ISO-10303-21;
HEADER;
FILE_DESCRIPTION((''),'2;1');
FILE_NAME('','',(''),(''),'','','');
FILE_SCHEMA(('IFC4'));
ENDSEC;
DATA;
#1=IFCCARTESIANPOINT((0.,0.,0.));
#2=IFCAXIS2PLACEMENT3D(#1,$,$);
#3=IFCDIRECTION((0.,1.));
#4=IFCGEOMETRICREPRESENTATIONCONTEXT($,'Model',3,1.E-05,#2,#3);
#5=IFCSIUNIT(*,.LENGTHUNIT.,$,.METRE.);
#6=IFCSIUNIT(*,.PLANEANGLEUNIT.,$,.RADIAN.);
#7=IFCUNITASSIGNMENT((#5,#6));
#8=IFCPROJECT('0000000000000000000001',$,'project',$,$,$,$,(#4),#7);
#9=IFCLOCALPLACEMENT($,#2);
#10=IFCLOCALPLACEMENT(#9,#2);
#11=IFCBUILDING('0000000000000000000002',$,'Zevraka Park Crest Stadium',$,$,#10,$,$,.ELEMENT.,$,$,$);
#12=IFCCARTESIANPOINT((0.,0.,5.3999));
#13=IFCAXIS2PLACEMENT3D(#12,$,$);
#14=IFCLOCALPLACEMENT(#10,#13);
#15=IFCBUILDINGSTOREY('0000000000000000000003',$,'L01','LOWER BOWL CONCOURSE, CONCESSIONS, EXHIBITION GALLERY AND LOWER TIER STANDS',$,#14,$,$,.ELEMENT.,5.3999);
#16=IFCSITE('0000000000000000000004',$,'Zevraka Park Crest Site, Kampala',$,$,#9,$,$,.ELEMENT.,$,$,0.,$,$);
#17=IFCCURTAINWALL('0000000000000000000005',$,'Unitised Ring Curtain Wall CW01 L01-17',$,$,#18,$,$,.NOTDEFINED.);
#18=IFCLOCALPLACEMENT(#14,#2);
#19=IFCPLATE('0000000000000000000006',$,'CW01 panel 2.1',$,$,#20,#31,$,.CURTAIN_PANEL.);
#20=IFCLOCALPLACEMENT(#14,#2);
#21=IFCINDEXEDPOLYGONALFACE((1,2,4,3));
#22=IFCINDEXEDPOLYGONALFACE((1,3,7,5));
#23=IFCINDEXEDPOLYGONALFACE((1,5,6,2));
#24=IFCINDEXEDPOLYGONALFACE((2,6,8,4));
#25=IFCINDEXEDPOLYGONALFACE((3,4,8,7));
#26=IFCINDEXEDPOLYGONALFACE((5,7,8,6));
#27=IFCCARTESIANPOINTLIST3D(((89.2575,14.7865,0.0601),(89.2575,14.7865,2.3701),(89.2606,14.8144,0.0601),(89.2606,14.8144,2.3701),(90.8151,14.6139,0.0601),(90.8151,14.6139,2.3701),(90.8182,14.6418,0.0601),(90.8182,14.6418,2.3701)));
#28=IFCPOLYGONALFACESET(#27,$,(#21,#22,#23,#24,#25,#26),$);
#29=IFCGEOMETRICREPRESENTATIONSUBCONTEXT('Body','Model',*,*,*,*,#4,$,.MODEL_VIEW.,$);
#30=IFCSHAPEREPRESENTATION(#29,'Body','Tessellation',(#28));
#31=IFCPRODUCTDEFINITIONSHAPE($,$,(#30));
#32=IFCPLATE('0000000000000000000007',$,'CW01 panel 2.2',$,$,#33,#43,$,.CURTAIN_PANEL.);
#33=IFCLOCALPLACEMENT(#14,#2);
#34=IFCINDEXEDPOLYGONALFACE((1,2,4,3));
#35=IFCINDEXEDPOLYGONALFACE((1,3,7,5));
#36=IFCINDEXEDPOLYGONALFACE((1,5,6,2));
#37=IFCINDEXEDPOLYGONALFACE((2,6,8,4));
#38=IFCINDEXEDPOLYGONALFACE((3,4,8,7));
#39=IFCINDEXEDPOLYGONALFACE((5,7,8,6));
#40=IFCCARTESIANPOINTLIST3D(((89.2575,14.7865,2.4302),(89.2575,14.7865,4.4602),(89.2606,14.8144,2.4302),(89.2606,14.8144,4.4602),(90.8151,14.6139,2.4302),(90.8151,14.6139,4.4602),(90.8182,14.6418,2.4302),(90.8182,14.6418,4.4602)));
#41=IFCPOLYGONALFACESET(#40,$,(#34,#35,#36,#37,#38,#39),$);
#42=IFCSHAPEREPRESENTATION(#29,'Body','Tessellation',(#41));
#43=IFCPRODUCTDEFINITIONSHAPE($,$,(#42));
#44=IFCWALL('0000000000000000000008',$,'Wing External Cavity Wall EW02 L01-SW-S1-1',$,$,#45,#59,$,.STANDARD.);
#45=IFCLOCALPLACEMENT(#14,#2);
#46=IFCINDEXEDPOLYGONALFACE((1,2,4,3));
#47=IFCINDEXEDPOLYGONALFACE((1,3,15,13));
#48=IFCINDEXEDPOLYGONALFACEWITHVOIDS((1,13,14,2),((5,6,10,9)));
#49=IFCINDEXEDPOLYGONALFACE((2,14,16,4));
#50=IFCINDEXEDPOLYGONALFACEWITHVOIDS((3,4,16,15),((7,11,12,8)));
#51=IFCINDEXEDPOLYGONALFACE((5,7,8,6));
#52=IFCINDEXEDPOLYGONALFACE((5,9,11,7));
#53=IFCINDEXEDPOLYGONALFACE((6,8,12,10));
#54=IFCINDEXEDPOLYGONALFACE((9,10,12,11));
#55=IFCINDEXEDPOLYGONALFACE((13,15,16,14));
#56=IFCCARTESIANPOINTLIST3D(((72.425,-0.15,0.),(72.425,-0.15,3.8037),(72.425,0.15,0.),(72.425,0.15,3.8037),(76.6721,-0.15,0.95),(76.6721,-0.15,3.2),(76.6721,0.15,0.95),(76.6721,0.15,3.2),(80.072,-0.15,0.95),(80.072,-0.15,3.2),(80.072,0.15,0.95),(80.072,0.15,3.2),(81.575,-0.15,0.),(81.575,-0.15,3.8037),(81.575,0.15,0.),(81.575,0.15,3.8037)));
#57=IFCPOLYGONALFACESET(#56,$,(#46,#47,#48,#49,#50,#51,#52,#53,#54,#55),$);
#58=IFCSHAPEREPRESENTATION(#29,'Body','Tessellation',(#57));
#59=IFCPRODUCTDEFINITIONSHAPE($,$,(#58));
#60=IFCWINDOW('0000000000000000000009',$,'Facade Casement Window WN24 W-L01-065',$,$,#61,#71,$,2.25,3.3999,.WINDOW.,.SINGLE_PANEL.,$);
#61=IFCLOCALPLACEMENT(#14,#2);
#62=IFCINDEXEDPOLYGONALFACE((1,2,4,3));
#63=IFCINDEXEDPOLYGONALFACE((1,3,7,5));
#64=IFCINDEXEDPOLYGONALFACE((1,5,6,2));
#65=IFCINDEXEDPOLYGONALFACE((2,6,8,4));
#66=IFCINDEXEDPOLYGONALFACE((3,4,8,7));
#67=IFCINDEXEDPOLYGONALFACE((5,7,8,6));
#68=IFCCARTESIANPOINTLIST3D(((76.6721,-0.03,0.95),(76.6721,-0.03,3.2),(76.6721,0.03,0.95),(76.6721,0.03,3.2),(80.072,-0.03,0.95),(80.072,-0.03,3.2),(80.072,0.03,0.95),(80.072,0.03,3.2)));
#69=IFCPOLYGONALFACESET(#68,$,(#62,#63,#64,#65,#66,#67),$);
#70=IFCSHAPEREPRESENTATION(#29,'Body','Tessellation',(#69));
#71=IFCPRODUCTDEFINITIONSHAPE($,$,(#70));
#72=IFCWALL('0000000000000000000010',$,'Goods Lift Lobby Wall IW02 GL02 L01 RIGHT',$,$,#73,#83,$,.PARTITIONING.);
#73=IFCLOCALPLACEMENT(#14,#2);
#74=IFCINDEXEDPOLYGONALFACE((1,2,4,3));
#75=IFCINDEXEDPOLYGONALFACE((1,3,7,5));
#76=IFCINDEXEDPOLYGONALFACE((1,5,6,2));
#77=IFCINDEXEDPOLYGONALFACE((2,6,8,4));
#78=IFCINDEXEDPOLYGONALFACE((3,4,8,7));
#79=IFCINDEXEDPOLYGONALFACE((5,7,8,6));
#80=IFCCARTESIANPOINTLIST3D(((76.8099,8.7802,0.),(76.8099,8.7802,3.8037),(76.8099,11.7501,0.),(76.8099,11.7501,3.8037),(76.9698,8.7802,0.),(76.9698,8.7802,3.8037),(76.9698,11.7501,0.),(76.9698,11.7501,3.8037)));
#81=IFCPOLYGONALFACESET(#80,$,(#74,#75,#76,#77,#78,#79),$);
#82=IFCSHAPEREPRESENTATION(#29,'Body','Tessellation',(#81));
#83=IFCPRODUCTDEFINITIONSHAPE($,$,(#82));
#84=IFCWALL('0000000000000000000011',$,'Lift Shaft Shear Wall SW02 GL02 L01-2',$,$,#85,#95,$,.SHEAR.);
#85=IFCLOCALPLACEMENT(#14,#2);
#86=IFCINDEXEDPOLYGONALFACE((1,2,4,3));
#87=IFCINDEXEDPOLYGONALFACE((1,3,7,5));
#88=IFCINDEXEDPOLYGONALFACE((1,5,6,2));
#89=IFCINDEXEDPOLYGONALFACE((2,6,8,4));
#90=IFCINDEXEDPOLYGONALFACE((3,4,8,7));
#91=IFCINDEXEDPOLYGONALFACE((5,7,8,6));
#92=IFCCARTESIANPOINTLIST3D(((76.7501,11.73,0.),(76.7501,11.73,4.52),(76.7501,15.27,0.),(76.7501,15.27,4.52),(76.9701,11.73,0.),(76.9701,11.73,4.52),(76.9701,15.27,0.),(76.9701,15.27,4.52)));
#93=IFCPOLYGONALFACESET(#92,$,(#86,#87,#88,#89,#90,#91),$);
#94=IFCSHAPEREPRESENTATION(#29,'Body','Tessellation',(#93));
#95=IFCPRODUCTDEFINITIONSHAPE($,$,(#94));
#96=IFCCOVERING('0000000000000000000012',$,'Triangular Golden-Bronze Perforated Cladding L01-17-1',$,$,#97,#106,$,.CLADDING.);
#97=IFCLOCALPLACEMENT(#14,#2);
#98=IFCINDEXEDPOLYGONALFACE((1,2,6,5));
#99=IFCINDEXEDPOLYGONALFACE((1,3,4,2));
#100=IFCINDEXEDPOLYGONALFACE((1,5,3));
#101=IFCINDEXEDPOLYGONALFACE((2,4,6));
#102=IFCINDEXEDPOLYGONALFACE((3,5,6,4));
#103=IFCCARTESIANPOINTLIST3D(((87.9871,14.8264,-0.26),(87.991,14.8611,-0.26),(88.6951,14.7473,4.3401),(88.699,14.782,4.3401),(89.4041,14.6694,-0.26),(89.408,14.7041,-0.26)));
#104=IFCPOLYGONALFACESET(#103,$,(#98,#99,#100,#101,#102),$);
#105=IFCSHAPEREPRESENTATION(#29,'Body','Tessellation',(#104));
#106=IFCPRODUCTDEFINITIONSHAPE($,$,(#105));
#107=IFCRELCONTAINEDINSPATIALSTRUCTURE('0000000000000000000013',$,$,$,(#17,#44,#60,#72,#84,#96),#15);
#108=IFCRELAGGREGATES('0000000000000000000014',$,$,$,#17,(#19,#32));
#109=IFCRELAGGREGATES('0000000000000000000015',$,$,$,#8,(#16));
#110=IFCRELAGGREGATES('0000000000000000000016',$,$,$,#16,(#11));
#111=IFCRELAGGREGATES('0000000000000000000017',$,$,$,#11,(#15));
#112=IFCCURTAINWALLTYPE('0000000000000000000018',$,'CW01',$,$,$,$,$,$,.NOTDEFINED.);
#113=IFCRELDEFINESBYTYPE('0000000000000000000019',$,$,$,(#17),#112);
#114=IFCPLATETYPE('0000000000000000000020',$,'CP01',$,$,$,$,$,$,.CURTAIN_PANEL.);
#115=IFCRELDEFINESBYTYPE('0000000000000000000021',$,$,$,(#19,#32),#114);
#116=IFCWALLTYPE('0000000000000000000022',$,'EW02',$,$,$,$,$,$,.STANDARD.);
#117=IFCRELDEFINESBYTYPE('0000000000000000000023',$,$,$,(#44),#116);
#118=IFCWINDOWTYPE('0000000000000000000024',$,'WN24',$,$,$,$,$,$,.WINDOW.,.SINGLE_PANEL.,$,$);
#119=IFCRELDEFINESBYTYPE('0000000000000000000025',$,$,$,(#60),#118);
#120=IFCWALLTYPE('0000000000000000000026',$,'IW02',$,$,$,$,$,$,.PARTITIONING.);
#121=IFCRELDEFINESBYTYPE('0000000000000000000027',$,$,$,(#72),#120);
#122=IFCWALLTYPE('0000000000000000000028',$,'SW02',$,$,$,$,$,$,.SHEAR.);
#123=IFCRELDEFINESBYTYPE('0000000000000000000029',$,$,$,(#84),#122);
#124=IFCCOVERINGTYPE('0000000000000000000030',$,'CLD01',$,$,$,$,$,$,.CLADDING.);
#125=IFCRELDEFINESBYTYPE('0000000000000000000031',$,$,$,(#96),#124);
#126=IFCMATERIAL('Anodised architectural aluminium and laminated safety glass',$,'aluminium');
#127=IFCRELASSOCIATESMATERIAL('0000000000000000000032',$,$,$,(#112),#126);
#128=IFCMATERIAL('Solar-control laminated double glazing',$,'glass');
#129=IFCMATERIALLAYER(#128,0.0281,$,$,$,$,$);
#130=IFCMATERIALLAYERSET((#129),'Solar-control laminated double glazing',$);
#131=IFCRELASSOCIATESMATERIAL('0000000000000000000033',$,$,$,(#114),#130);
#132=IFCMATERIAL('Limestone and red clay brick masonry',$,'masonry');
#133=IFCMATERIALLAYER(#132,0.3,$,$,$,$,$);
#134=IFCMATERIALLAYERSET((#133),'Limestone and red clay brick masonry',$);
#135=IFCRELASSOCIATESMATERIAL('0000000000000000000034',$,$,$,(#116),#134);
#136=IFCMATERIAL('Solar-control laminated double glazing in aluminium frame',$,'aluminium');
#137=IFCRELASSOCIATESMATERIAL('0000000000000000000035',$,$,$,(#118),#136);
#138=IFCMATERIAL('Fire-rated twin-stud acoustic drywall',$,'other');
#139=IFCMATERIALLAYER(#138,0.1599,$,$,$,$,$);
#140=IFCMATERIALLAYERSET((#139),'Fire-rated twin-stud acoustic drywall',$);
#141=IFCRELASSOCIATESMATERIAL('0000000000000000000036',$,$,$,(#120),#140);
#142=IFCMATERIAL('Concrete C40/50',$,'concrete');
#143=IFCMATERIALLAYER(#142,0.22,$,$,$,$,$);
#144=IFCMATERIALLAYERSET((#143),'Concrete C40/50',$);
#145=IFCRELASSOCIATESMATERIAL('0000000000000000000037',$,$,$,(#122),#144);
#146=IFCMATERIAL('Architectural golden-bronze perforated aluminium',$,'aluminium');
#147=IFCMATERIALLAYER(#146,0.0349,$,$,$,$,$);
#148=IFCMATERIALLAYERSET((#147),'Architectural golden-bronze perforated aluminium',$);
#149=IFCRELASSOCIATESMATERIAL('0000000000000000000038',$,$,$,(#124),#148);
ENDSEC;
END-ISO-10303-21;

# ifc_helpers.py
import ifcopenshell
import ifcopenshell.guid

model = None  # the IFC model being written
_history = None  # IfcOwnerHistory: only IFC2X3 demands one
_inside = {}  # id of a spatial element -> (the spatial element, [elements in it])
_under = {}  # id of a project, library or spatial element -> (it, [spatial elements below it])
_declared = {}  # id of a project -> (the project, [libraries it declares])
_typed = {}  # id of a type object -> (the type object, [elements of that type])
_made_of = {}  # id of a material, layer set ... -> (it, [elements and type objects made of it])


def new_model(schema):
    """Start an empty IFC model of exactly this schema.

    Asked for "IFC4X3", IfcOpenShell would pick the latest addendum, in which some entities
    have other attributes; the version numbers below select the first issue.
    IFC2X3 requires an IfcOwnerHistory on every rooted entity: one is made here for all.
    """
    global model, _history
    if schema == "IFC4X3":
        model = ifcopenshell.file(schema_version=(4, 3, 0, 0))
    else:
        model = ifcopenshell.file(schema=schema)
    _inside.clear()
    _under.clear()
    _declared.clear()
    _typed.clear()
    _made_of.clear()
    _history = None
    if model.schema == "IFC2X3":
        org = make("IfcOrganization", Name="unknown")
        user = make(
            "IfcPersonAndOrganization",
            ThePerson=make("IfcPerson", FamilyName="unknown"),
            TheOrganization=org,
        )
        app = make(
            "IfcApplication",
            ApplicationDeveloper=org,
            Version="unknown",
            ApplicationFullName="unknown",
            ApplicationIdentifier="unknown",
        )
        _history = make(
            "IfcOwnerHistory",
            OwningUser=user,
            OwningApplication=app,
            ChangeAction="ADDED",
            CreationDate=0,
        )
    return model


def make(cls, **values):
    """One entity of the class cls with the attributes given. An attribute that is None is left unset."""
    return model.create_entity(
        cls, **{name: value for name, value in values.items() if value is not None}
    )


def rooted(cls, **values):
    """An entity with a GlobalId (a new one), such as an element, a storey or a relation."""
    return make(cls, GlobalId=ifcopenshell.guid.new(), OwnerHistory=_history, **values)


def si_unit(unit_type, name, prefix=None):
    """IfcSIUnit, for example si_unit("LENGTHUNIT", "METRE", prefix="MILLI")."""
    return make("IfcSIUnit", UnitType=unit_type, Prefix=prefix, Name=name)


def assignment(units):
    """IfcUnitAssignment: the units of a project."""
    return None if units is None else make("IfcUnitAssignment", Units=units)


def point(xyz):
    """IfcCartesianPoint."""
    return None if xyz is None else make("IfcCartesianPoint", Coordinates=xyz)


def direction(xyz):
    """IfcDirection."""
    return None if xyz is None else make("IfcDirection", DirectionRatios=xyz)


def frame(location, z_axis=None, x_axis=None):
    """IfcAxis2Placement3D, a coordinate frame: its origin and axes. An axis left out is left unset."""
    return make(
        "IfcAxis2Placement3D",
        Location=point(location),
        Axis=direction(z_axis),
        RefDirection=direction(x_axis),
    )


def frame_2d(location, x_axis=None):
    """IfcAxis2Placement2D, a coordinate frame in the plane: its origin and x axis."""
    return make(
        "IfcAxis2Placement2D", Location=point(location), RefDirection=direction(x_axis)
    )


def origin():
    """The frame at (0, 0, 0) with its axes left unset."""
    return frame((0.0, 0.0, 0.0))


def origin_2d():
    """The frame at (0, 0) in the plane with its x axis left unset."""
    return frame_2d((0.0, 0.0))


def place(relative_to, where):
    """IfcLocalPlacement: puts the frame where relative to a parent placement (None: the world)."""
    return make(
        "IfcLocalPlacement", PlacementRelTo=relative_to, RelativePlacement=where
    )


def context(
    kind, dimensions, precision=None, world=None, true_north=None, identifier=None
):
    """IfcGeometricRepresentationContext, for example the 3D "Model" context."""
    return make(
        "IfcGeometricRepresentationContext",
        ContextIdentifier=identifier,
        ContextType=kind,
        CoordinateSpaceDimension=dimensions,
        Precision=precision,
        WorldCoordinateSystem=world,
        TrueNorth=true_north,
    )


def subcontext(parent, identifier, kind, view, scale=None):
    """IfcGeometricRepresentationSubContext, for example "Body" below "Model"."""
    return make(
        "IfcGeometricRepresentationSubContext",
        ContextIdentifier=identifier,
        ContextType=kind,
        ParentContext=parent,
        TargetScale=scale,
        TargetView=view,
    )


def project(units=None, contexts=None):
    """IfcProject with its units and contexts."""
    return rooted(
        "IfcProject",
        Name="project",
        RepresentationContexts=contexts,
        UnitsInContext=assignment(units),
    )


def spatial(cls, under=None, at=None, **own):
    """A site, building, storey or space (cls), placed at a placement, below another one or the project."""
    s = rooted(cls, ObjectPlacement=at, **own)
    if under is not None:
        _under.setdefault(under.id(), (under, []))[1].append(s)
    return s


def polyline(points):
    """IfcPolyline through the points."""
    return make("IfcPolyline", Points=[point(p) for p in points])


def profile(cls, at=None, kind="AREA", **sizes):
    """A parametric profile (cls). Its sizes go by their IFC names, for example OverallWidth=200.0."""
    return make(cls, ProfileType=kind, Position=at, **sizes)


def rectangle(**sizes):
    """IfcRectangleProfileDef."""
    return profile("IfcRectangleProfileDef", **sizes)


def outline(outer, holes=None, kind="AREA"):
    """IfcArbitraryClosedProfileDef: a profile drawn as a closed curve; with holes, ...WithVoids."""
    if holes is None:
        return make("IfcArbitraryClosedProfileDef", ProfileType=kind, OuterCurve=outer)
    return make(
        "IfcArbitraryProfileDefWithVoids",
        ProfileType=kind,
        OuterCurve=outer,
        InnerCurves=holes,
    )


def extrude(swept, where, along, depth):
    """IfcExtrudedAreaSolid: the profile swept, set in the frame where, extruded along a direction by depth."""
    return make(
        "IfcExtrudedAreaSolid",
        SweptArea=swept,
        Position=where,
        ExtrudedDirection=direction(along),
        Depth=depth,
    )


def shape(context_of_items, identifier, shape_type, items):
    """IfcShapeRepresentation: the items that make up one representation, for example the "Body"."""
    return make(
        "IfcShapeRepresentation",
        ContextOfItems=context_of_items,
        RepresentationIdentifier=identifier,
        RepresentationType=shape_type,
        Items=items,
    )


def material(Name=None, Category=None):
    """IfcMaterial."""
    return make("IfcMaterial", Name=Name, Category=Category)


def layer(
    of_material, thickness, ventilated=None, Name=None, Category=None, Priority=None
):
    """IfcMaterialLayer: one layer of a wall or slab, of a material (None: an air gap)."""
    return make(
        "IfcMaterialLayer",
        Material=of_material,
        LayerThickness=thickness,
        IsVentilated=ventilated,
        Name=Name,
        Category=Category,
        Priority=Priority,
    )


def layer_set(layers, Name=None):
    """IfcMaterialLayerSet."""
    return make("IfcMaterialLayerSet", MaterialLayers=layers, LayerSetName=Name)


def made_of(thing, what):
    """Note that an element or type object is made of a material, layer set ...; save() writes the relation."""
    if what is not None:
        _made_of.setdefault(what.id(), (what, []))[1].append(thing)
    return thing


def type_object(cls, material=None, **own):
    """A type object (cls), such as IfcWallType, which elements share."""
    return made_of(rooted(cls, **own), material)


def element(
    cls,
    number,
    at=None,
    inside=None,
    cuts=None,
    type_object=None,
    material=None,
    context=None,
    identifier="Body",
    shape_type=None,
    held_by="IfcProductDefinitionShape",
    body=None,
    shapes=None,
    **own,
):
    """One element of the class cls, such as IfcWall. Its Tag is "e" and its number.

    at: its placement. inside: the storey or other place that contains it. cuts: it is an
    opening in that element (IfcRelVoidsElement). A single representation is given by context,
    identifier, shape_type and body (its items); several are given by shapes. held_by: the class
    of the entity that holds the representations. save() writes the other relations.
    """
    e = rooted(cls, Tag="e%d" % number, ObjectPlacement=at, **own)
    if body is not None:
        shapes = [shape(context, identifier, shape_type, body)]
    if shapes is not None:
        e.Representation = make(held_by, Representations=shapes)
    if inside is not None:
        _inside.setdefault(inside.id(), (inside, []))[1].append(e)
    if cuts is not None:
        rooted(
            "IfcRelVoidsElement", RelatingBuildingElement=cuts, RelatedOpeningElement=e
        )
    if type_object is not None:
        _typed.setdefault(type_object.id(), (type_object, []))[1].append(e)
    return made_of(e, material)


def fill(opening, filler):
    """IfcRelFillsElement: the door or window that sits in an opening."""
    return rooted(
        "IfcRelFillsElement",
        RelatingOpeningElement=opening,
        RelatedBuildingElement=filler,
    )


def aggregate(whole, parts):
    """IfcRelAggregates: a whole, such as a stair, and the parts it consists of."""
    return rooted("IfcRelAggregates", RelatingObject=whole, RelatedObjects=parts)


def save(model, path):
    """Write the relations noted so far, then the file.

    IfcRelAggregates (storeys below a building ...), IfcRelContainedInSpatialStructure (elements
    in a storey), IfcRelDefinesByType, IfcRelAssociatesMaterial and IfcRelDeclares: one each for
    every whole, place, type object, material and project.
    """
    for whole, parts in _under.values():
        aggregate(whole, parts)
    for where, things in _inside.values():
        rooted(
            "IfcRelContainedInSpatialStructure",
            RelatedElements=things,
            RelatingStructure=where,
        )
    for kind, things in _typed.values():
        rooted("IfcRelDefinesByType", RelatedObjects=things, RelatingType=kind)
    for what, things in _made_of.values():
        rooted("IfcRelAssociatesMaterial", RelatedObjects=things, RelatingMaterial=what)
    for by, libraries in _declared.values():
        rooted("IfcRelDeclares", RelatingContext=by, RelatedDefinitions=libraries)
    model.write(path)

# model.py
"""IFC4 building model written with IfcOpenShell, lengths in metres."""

from ifc_helpers import new_model, si_unit, direction, frame, frame_2d, origin, origin_2d, place, context, subcontext, project, spatial, polyline, rectangle, outline, extrude, material, layer, layer_set, type_object, element, fill, aggregate, save


model = new_model("IFC4")

# Units and contexts
model_context = context("Model", 3, precision=1e-05, world=origin(), true_north=direction((0.0, 1.0)))
body_context = subcontext(model_context, "Body", "Model", "MODEL_VIEW")
ifc_project = project(units=[si_unit("LENGTHUNIT", "METRE"), si_unit("PLANEANGLEUNIT", "RADIAN")], contexts=[model_context])

# Site, building, storey
site_placement = place(None, origin())
site = spatial("IfcSite", under=ifc_project, at=site_placement, Name="Zevraka Park Crest Site, Kampala", CompositionType="ELEMENT", RefElevation=0.0)
building_placement = place(site_placement, origin())
building = spatial("IfcBuilding", under=site, at=building_placement, Name="Zevraka Park Crest Stadium", CompositionType="ELEMENT")
storey_placement = place(building_placement, frame((0.0, 0.0, 5.3999)))
storey = spatial("IfcBuildingStorey", under=building, at=storey_placement, Name="L01", Description="LOWER BOWL CONCOURSE, CONCESSIONS, EXHIBITION GALLERY AND LOWER TIER STANDS", CompositionType="ELEMENT", Elevation=5.3999)

# Curtain wall, plates
ifc_material_1 = material(Name="Anodised architectural aluminium and laminated safety glass", Category="aluminium")
curtain_wall_type = type_object("IfcCurtainWallType", Name="CW01", PredefinedType="NOTDEFINED", material=ifc_material_1)
curtain_wall_placement = place(storey_placement, origin())
curtain_wall = element("IfcCurtainWall", 1, at=curtain_wall_placement, inside=storey, type_object=curtain_wall_type, Name="Unitised Ring Curtain Wall CW01 L01-17", PredefinedType="NOTDEFINED")
ifc_material_2 = material(Name="Solar-control laminated double glazing", Category="glass")
ifc_layer_1 = layer(ifc_material_2, 0.0281)
ifc_layer_set_1 = layer_set([ifc_layer_1], Name="Solar-control laminated double glazing")
plate_type = type_object("IfcPlateType", Name="CP01", PredefinedType="CURTAIN_PANEL", material=ifc_layer_set_1)
plate_1_placement = place(storey_placement, frame((90.0378, 14.7141, 0.0601), z_axis=(0.0, 0.0, 1.0), x_axis=(0.993917, -0.110135, 0.0)))
plate_1 = element("IfcPlate", 2, at=plate_1_placement, type_object=plate_type, Name="CW01 panel 2.1", PredefinedType="CURTAIN_PANEL", context=body_context, shape_type="SweptSolid", body=[
    extrude(rectangle(XDim=1.5671, YDim=0.0281, at=origin_2d()), origin(), (0.0, 0.0, 1.0), 2.3101),
])
plate_2_placement = place(storey_placement, frame((90.0378, 14.7141, 2.4302), z_axis=(0.0, 0.0, 1.0), x_axis=(0.993917, -0.110135, 0.0)))
plate_2 = element("IfcPlate", 3, at=plate_2_placement, type_object=plate_type, Name="CW01 panel 2.2", PredefinedType="CURTAIN_PANEL", context=body_context, shape_type="SweptSolid", body=[
    extrude(rectangle(XDim=1.5671, YDim=0.0281, at=origin_2d()), origin(), (0.0, 0.0, 1.0), 2.03),
])
aggregate(curtain_wall, [plate_1, plate_2])

# Wall, opening, window
ifc_material_3 = material(Name="Limestone and red clay brick masonry", Category="masonry")
ifc_layer_2 = layer(ifc_material_3, 0.3)
ifc_layer_set_2 = layer_set([ifc_layer_2], Name="Limestone and red clay brick masonry")
wall_type_1 = type_object("IfcWallType", Name="EW02", PredefinedType="STANDARD", material=ifc_layer_set_2)
wall_1_placement = place(storey_placement, frame((81.575, 0.0, 0.0), z_axis=(0.0, 0.0, 1.0), x_axis=(-1.0, 0.0, 0.0)))
wall_1 = element("IfcWall", 4, at=wall_1_placement, inside=storey, type_object=wall_type_1, Name="Wing External Cavity Wall EW02 L01-SW-S1-1", PredefinedType="STANDARD", context=body_context, shape_type="SweptSolid", body=[
    extrude(rectangle(XDim=9.1499, YDim=0.3, at=frame_2d((4.575, 0.0))), origin(), (0.0, 0.0, 1.0), 3.8037),
])
opening_placement = place(wall_1_placement, frame((1.5029, 0.0, 0.95)))
opening = element("IfcOpeningElement", 5, at=opening_placement, cuts=wall_1, PredefinedType="OPENING", context=body_context, shape_type="SweptSolid", body=[
    extrude(rectangle(XDim=3.3999, YDim=2.25, at=frame_2d((1.7, 1.125))), frame((0.0, 0.1599, 0.0), z_axis=(0.0, -1.0, 0.0), x_axis=(1.0, 0.0, 0.0)), (0.0, 0.0, 1.0), 0.3201),
])
ifc_material_4 = material(Name="Solar-control laminated double glazing in aluminium frame", Category="aluminium")
window_type = type_object("IfcWindowType", Name="WN24", PartitioningType="SINGLE_PANEL", PredefinedType="WINDOW", material=ifc_material_4)
window_placement = place(opening_placement, origin())
window = element("IfcWindow", 6, at=window_placement, inside=storey, type_object=window_type, Name="Facade Casement Window WN24 W-L01-065", OverallHeight=2.25, OverallWidth=3.3999, PartitioningType="SINGLE_PANEL", PredefinedType="WINDOW", context=body_context, shape_type="SweptSolid", body=[
    extrude(rectangle(XDim=3.3999, YDim=2.25, at=frame_2d((1.7, 1.125))), frame((0.0, 0.03, 0.0), z_axis=(0.0, -1.0, 0.0), x_axis=(1.0, 0.0, 0.0)), (0.0, 0.0, 1.0), 0.0601),
])
fill(opening, window)

# Walls
ifc_material_5 = material(Name="Fire-rated twin-stud acoustic drywall", Category="other")
ifc_layer_3 = layer(ifc_material_5, 0.1599)
ifc_layer_set_3 = layer_set([ifc_layer_3], Name="Fire-rated twin-stud acoustic drywall")
wall_type_2 = type_object("IfcWallType", Name="IW02", PredefinedType="PARTITIONING", material=ifc_layer_set_3)
wall_2_placement = place(storey_placement, frame((76.8899, 11.75, 0.0), z_axis=(0.0, 0.0, 1.0), x_axis=(0.0, -1.0, 0.0)))
element("IfcWall", 7, at=wall_2_placement, inside=storey, type_object=wall_type_2, Name="Goods Lift Lobby Wall IW02 GL02 L01 RIGHT", PredefinedType="PARTITIONING", context=body_context, shape_type="SweptSolid", body=[
    extrude(rectangle(XDim=2.97, YDim=0.1599, at=frame_2d((1.4849, 0.0))), origin(), (0.0, 0.0, 1.0), 3.8037),
])
ifc_material_6 = material(Name="Concrete C40/50", Category="concrete")
ifc_layer_4 = layer(ifc_material_6, 0.22)
ifc_layer_set_4 = layer_set([ifc_layer_4], Name="Concrete C40/50")
wall_type_3 = type_object("IfcWallType", Name="SW02", PredefinedType="SHEAR", material=ifc_layer_set_4)
wall_3_placement = place(storey_placement, frame((76.8601, 11.73, 0.0), z_axis=(0.0, 0.0, 1.0), x_axis=(0.0, 1.0, 0.0)))
element("IfcWall", 8, at=wall_3_placement, inside=storey, type_object=wall_type_3, Name="Lift Shaft Shear Wall SW02 GL02 L01-2", PredefinedType="SHEAR", context=body_context, shape_type="SweptSolid", body=[
    extrude(rectangle(XDim=3.54, YDim=0.22, at=frame_2d((1.77, 0.0))), origin(), (0.0, 0.0, 1.0), 4.52),
])

# Covering
ifc_material_7 = material(Name="Architectural golden-bronze perforated aluminium", Category="aluminium")
ifc_layer_5 = layer(ifc_material_7, 0.0349)
ifc_layer_set_5 = layer_set([ifc_layer_5], Name="Architectural golden-bronze perforated aluminium")
covering_type = type_object("IfcCoveringType", Name="CLD01", PredefinedType="CLADDING", material=ifc_layer_set_5)
covering_placement = place(storey_placement, frame((87.991, 14.8611, -0.26), z_axis=(0.110112, 0.993919, 0.000144), x_axis=(0.993919, -0.110112, 0.0)))
element("IfcCovering", 9, at=covering_placement, inside=storey, type_object=covering_type, Name="Triangular Golden-Bronze Perforated Cladding L01-17-1", PredefinedType="CLADDING", context=body_context, shape_type="SweptSolid", body=[
    extrude(outline(polyline([(0.0, 0.0), (1.4257, 0.0), (0.7124, -4.6001), (0.0, 0.0)])), origin(), (0.0, 0.0, -1.0), 0.0349),
])

save(model, "model.ifc")
